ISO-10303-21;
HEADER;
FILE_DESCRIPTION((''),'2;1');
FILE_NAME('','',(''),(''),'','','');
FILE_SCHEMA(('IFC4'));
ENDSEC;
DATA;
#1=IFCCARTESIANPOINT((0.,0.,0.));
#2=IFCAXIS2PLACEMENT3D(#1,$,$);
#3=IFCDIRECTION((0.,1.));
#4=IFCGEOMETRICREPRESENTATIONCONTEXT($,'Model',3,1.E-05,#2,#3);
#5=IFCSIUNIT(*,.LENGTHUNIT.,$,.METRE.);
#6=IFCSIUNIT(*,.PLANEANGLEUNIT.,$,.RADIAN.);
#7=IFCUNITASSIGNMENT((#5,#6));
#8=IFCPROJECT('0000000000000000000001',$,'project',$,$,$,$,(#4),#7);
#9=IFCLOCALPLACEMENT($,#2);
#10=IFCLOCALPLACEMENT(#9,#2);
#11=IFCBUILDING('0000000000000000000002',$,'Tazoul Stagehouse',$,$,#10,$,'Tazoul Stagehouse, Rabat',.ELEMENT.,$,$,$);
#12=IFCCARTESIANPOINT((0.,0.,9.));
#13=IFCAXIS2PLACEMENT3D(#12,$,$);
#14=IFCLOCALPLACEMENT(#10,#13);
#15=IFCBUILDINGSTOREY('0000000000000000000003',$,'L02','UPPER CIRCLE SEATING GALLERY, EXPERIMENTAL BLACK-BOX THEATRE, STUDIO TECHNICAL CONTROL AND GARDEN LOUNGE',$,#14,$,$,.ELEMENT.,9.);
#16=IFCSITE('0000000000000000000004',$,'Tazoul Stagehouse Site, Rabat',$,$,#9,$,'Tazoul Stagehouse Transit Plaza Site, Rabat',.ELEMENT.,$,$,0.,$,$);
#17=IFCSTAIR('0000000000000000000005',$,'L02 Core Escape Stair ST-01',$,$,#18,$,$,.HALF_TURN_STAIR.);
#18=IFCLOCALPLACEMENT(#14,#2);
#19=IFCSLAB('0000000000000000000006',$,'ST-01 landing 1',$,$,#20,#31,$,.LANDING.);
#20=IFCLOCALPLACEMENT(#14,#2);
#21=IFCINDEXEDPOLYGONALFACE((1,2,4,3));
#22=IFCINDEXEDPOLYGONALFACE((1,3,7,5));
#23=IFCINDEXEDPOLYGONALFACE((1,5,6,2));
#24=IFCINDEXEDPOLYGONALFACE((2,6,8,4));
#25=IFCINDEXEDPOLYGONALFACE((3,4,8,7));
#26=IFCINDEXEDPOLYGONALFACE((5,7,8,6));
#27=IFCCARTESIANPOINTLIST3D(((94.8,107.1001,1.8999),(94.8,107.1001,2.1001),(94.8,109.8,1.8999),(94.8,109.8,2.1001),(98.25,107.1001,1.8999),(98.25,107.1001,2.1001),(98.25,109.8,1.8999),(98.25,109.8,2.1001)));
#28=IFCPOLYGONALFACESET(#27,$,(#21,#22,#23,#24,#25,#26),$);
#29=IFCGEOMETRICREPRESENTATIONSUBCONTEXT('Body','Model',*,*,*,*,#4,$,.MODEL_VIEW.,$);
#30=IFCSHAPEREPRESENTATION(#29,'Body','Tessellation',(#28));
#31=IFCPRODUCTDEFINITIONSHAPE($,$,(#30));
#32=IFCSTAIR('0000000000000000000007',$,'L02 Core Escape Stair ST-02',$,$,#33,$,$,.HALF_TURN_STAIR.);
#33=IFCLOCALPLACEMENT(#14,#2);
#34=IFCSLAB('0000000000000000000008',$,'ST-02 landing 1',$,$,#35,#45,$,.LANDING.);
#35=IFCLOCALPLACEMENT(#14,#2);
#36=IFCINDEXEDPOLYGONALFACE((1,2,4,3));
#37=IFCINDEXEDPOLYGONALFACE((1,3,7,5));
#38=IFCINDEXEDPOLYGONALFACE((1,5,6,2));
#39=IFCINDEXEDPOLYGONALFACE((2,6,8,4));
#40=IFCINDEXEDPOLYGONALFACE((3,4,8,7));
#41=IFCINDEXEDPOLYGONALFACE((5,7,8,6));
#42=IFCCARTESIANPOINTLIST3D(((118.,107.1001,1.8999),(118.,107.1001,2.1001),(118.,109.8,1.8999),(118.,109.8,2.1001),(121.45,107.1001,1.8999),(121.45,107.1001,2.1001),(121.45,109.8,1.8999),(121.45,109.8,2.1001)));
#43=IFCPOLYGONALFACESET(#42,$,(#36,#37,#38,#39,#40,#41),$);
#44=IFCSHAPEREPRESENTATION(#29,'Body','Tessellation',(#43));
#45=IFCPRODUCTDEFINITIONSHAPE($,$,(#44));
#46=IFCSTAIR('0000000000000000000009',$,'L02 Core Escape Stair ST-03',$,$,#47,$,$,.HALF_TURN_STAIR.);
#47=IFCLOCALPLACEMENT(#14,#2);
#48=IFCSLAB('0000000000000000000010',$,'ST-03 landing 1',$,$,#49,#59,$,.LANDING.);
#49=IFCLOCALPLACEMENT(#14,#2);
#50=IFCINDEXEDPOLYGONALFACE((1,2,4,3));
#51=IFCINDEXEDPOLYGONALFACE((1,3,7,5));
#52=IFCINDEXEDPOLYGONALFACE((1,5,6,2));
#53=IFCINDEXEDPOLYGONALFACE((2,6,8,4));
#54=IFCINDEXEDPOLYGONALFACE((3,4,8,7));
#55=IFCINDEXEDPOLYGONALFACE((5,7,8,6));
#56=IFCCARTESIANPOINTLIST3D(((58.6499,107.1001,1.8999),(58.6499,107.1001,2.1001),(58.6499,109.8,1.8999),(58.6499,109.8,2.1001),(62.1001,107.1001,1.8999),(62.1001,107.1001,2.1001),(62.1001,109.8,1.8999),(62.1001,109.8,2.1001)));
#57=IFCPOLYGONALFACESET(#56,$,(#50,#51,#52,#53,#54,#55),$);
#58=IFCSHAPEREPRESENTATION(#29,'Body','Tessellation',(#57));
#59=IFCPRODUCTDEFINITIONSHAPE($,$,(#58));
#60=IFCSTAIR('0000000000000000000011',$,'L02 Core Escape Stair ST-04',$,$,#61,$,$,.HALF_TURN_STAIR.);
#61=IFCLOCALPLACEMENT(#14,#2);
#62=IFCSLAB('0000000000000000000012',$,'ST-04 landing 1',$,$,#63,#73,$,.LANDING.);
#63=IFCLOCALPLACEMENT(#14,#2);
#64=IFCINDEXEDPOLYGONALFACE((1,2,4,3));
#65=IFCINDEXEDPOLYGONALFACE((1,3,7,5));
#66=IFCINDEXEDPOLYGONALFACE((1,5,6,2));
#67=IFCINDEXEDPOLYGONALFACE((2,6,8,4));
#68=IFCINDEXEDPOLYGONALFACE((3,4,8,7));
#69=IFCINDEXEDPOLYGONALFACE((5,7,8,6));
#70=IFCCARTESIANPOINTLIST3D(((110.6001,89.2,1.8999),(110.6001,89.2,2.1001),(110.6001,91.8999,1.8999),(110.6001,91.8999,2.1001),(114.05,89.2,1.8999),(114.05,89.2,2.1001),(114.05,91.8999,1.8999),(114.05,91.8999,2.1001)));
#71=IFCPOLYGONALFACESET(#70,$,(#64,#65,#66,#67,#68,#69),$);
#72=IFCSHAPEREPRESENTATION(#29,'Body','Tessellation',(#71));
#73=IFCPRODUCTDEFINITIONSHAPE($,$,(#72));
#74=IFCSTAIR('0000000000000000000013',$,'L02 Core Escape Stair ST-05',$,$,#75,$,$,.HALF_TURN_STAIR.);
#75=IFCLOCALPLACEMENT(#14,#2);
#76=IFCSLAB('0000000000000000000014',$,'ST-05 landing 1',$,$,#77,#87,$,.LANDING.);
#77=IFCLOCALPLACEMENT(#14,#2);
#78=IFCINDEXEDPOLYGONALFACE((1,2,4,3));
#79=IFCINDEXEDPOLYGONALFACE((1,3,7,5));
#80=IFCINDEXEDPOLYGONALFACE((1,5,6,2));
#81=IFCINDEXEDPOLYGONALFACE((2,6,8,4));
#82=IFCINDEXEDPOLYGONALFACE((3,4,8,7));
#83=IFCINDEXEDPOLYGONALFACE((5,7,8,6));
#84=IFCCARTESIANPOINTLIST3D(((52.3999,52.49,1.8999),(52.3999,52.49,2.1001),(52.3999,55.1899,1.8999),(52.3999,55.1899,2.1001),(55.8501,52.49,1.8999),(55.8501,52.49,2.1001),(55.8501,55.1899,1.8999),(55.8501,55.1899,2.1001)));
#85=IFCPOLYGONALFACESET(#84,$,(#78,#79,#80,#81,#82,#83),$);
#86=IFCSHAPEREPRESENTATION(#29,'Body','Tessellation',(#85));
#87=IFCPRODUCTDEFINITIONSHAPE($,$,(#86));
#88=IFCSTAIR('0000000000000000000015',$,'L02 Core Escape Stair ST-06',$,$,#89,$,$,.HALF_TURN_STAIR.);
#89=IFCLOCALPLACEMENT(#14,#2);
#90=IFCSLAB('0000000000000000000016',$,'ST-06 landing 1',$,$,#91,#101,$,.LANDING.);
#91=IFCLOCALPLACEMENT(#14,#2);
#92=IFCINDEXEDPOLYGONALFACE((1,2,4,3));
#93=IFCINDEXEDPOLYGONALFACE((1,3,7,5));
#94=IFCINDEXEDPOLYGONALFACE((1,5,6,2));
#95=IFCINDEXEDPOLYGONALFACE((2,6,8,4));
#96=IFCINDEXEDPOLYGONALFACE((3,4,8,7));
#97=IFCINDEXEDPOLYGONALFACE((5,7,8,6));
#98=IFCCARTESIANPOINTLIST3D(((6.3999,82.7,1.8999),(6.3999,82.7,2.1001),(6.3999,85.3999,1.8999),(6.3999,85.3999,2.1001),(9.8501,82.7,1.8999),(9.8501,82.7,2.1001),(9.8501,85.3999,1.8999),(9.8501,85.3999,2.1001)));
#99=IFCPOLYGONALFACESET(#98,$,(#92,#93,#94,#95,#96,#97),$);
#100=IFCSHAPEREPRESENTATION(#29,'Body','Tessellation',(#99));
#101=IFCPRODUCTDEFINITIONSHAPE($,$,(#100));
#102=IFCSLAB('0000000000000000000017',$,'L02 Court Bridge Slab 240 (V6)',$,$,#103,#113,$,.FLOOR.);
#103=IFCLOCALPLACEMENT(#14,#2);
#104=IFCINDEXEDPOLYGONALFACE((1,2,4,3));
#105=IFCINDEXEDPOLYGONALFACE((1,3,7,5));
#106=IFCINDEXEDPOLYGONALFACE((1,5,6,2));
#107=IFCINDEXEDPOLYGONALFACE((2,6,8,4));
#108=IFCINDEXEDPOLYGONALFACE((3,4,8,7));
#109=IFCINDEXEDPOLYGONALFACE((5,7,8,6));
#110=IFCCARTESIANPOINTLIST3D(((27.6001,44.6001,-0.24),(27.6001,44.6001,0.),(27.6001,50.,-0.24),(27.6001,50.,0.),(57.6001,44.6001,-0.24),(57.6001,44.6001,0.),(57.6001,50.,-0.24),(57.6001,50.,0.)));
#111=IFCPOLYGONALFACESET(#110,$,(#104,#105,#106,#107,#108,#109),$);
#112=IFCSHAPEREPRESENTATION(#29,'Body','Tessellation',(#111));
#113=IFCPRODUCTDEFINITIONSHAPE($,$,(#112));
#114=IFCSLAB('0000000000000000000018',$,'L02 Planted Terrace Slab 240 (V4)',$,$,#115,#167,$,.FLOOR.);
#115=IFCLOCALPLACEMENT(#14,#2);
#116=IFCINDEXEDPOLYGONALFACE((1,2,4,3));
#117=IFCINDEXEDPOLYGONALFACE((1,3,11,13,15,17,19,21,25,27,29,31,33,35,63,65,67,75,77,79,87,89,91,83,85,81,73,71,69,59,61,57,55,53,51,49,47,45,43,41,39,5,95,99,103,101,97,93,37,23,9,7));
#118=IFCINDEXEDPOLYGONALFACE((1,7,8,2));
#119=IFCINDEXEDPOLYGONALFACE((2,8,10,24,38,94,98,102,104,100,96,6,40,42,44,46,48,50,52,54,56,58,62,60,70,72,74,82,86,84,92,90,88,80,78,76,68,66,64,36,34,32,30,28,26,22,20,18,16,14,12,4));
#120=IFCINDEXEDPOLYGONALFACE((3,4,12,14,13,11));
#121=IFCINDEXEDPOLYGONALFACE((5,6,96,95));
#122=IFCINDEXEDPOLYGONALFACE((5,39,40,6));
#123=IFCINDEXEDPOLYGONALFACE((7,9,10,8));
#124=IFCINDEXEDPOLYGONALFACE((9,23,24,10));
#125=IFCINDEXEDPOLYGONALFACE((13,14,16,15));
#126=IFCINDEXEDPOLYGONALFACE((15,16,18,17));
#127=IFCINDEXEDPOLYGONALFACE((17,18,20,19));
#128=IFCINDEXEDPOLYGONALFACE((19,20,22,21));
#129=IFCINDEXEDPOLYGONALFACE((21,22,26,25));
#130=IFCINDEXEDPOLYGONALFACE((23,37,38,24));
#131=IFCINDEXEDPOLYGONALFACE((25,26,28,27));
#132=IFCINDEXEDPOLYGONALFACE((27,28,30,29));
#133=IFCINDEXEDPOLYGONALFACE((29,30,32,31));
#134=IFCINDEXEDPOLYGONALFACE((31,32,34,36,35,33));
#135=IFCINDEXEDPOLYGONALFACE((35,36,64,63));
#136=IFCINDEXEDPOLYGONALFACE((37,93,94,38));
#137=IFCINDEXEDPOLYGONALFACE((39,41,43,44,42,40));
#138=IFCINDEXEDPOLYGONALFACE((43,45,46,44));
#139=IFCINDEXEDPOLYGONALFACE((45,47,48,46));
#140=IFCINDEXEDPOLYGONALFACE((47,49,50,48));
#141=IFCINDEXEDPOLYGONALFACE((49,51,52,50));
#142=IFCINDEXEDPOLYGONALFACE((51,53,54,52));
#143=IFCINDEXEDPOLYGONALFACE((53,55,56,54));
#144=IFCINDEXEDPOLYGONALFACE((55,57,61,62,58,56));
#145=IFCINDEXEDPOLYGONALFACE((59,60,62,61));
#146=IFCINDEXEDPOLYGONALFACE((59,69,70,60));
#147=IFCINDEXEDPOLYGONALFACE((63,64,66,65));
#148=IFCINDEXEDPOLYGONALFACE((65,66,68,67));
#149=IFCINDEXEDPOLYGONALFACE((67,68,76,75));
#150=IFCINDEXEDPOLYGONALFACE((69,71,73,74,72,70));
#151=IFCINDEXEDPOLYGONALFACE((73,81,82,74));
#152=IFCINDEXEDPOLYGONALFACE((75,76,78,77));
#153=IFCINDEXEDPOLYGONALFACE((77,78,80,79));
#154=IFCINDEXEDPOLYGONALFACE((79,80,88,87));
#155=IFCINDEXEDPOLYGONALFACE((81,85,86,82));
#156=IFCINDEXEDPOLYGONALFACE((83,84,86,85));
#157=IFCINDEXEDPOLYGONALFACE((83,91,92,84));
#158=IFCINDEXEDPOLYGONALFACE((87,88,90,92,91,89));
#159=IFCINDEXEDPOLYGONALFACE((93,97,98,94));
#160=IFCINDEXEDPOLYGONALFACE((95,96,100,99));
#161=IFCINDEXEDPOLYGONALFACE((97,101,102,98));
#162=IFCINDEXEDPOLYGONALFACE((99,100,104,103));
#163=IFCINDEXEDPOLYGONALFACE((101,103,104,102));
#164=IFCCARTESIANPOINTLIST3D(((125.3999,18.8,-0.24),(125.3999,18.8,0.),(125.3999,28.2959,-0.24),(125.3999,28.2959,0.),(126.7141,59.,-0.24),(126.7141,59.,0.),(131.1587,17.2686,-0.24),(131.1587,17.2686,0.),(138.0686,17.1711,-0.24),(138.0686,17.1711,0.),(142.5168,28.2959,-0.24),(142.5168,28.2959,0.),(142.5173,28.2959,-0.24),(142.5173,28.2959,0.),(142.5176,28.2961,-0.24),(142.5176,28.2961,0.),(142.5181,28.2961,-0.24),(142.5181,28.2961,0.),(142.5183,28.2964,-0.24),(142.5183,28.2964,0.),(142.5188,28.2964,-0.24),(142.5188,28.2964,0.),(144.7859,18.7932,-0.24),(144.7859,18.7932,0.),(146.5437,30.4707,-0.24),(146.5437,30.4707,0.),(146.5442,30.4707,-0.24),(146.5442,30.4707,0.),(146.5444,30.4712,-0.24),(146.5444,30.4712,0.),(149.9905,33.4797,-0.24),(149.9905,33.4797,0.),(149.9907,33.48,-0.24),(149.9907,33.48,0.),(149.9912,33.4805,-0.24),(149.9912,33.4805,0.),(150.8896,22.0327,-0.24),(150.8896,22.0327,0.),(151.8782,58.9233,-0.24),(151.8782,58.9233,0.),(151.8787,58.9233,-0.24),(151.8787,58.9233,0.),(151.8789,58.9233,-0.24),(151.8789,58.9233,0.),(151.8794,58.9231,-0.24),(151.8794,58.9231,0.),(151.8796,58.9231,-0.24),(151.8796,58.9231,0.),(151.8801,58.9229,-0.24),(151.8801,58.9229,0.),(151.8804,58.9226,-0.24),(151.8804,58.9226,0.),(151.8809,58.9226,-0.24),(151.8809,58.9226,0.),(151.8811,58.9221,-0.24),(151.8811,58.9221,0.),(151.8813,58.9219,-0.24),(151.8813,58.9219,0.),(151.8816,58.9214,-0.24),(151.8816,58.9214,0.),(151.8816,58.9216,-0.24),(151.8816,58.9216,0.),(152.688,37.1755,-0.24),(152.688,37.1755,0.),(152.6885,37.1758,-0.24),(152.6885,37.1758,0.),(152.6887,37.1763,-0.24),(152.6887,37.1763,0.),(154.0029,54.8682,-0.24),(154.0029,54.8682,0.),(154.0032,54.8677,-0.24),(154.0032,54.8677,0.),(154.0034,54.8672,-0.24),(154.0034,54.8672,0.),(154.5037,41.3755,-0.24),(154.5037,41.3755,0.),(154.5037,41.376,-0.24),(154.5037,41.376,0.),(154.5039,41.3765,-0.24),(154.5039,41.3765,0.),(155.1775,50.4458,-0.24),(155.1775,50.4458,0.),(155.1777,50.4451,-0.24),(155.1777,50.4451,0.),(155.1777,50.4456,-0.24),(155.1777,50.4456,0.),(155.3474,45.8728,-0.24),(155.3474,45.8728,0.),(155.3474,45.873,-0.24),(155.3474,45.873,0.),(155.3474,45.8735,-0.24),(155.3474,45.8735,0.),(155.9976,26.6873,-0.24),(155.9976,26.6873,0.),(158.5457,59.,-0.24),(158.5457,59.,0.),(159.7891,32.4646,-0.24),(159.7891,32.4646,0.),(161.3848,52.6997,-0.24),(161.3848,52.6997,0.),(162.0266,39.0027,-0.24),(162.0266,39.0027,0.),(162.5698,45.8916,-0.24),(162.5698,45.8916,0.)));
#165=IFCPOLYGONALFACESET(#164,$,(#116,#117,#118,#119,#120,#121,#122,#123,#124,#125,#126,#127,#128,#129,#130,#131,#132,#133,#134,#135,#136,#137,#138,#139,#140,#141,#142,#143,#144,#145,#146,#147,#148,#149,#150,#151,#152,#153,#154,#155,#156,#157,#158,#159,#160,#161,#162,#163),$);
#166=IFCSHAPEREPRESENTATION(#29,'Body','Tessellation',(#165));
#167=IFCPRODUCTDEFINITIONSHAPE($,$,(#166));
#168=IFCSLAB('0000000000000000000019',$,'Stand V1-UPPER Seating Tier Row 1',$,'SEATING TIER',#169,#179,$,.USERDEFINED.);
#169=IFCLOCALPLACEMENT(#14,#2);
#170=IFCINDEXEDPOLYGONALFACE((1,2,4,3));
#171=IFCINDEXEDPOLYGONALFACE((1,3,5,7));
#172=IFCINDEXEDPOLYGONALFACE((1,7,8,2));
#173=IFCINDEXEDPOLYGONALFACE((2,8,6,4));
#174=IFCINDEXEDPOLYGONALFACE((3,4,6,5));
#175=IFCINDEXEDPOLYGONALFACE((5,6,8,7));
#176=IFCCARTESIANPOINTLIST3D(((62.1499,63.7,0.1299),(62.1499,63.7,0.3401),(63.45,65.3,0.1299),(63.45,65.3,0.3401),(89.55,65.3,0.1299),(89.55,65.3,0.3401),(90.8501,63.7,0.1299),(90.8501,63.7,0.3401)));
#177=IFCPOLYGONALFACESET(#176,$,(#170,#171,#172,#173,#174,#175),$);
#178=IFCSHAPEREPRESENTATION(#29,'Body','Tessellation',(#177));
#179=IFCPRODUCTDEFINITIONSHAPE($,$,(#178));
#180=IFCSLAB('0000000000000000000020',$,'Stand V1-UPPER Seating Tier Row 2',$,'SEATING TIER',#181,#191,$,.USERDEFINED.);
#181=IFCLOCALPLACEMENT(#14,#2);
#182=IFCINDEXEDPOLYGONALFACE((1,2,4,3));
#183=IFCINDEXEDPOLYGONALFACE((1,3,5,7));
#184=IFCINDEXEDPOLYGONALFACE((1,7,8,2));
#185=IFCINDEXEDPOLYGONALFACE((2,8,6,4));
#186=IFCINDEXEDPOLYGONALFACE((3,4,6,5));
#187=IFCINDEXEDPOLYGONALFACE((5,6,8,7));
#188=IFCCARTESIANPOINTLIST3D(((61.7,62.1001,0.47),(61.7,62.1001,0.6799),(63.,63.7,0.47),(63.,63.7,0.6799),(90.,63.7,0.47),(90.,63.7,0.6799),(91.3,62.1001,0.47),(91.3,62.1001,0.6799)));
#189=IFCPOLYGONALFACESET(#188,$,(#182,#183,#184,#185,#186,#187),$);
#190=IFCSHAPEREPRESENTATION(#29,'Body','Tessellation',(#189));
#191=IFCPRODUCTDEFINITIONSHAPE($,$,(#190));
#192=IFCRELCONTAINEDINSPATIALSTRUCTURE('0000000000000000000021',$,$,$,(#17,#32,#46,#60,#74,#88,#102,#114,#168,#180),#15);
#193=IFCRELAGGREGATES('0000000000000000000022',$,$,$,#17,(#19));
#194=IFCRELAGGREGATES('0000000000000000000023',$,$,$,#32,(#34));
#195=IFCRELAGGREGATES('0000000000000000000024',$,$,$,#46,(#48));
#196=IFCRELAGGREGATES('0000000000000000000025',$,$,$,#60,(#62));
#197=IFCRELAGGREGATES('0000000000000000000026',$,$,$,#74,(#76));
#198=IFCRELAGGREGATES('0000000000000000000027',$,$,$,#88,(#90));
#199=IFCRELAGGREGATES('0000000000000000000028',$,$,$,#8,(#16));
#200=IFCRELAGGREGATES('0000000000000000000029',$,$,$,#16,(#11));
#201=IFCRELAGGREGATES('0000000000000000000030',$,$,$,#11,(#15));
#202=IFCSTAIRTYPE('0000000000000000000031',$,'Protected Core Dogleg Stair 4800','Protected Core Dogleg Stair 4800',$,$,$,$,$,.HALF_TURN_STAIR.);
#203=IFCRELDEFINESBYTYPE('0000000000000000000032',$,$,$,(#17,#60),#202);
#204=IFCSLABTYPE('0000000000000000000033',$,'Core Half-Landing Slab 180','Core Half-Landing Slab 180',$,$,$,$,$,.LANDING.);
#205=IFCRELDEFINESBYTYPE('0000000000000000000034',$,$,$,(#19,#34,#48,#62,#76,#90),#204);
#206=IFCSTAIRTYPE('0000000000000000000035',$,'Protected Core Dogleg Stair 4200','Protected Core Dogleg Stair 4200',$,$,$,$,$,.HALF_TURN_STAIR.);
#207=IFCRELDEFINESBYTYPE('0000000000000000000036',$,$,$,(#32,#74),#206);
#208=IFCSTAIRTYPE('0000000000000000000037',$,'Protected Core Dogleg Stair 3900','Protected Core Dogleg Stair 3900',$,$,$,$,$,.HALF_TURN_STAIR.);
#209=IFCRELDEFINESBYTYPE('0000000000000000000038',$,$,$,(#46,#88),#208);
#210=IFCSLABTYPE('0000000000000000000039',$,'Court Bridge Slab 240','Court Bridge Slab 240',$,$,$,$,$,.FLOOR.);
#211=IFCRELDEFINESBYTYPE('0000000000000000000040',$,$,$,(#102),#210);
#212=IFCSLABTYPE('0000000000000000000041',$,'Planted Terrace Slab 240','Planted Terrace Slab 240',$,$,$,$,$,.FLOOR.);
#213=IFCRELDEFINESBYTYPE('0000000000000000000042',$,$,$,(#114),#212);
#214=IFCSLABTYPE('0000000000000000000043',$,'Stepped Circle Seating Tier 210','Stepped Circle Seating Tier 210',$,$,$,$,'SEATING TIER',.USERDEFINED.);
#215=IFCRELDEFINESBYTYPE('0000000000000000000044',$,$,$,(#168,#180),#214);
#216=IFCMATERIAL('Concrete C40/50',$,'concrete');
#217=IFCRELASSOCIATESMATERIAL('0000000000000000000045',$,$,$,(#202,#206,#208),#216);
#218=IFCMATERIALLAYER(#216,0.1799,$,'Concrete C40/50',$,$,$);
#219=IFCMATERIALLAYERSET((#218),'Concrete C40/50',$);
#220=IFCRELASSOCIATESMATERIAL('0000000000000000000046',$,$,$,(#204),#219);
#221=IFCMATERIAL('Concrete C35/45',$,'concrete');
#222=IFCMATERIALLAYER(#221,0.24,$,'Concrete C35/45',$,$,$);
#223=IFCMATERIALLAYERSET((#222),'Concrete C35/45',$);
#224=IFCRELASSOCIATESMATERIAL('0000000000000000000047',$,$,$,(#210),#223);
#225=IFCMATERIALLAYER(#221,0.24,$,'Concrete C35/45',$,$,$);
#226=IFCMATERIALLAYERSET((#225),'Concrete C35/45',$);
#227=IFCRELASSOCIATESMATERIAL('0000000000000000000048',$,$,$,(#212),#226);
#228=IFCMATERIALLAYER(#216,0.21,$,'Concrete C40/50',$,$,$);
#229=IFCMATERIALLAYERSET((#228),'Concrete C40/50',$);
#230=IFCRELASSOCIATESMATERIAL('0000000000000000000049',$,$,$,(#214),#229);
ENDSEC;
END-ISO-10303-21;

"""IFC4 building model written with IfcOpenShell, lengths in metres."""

from ifc_helpers import new_model, si_unit, direction, frame, origin, place, context, subcontext, project, spatial, polyline, outline, extrude, material, layer, layer_set, type_object, element, aggregate, save


model = new_model("IFC4")

# Units and contexts
model_context = context("Model", 3, precision=1e-05, world=origin(), true_north=direction((0.0, 1.0)))
body_context = subcontext(model_context, "Body", "Model", "MODEL_VIEW")
ifc_project = project(units=[si_unit("LENGTHUNIT", "METRE"), si_unit("PLANEANGLEUNIT", "RADIAN")], contexts=[model_context])

# Site, building, storey
site_placement = place(None, origin())
site = spatial("IfcSite", under=ifc_project, at=site_placement, Name="Tazoul Stagehouse Site, Rabat", LongName="Tazoul Stagehouse Transit Plaza Site, Rabat", CompositionType="ELEMENT", RefElevation=0.0)
building_placement = place(site_placement, origin())
building = spatial("IfcBuilding", under=site, at=building_placement, Name="Tazoul Stagehouse", LongName="Tazoul Stagehouse, Rabat", CompositionType="ELEMENT")
storey_placement = place(building_placement, frame((0.0, 0.0, 9.0)))
storey = spatial("IfcBuildingStorey", under=building, at=storey_placement, Name="L02", Description="UPPER CIRCLE SEATING GALLERY, EXPERIMENTAL BLACK-BOX THEATRE, STUDIO TECHNICAL CONTROL AND GARDEN LOUNGE", CompositionType="ELEMENT", Elevation=9.0)

# Stairs, slabs
ifc_material_1 = material(Name="Concrete C40/50", Category="concrete")
stair_type_1 = type_object("IfcStairType", Name="Protected Core Dogleg Stair 4800", Description="Protected Core Dogleg Stair 4800", PredefinedType="HALF_TURN_STAIR", material=ifc_material_1)
stair_1_placement = place(storey_placement, origin())
stair_1 = element("IfcStair", 1, at=stair_1_placement, inside=storey, type_object=stair_type_1, Name="L02 Core Escape Stair ST-01", PredefinedType="HALF_TURN_STAIR")
ifc_layer_1 = layer(ifc_material_1, 0.1799, Name="Concrete C40/50")
ifc_layer_set_1 = layer_set([ifc_layer_1], Name="Concrete C40/50")
slab_type_1 = type_object("IfcSlabType", Name="Core Half-Landing Slab 180", Description="Core Half-Landing Slab 180", PredefinedType="LANDING", material=ifc_layer_set_1)
slab_1_placement = place(storey_placement, frame((0.0, 0.0, 1.8999)))
slab_1 = element("IfcSlab", 2, at=slab_1_placement, type_object=slab_type_1, Name="ST-01 landing 1", PredefinedType="LANDING", context=body_context, shape_type="SweptSolid", body=[
    extrude(outline(polyline([(98.25, 107.1001), (98.25, 109.8), (94.8, 109.8), (94.8, 107.1001), (98.25, 107.1001)])), origin(), (0.0, 0.0, 1.0), 0.2002),
])
aggregate(stair_1, [slab_1])
stair_type_2 = type_object("IfcStairType", Name="Protected Core Dogleg Stair 4200", Description="Protected Core Dogleg Stair 4200", PredefinedType="HALF_TURN_STAIR", material=ifc_material_1)
stair_2_placement = place(storey_placement, origin())
stair_2 = element("IfcStair", 3, at=stair_2_placement, inside=storey, type_object=stair_type_2, Name="L02 Core Escape Stair ST-02", PredefinedType="HALF_TURN_STAIR")
slab_2_placement = place(storey_placement, frame((0.0, 0.0, 1.8999)))
slab_2 = element("IfcSlab", 4, at=slab_2_placement, type_object=slab_type_1, Name="ST-02 landing 1", PredefinedType="LANDING", context=body_context, shape_type="SweptSolid", body=[
    extrude(outline(polyline([(121.45, 107.1001), (121.45, 109.8), (118.0, 109.8), (118.0, 107.1001), (121.45, 107.1001)])), origin(), (0.0, 0.0, 1.0), 0.2002),
])
aggregate(stair_2, [slab_2])
stair_type_3 = type_object("IfcStairType", Name="Protected Core Dogleg Stair 3900", Description="Protected Core Dogleg Stair 3900", PredefinedType="HALF_TURN_STAIR", material=ifc_material_1)
stair_3_placement = place(storey_placement, origin())
stair_3 = element("IfcStair", 5, at=stair_3_placement, inside=storey, type_object=stair_type_3, Name="L02 Core Escape Stair ST-03", PredefinedType="HALF_TURN_STAIR")
slab_3_placement = place(storey_placement, frame((0.0, 0.0, 1.8999)))
slab_3 = element("IfcSlab", 6, at=slab_3_placement, type_object=slab_type_1, Name="ST-03 landing 1", PredefinedType="LANDING", context=body_context, shape_type="SweptSolid", body=[
    extrude(outline(polyline([(62.1001, 107.1001), (62.1001, 109.8), (58.6499, 109.8), (58.6499, 107.1001), (62.1001, 107.1001)])), origin(), (0.0, 0.0, 1.0), 0.2002),
])
aggregate(stair_3, [slab_3])
stair_4_placement = place(storey_placement, origin())
stair_4 = element("IfcStair", 7, at=stair_4_placement, inside=storey, type_object=stair_type_1, Name="L02 Core Escape Stair ST-04", PredefinedType="HALF_TURN_STAIR")
slab_4_placement = place(storey_placement, frame((0.0, 0.0, 1.8999)))
slab_4 = element("IfcSlab", 8, at=slab_4_placement, type_object=slab_type_1, Name="ST-04 landing 1", PredefinedType="LANDING", context=body_context, shape_type="SweptSolid", body=[
    extrude(outline(polyline([(110.6001, 91.8999), (110.6001, 89.2), (114.05, 89.2), (114.05, 91.8999), (110.6001, 91.8999)])), origin(), (0.0, 0.0, 1.0), 0.2002),
])
aggregate(stair_4, [slab_4])
stair_5_placement = place(storey_placement, origin())
stair_5 = element("IfcStair", 9, at=stair_5_placement, inside=storey, type_object=stair_type_2, Name="L02 Core Escape Stair ST-05", PredefinedType="HALF_TURN_STAIR")
slab_5_placement = place(storey_placement, frame((0.0, 0.0, 1.8999)))
slab_5 = element("IfcSlab", 10, at=slab_5_placement, type_object=slab_type_1, Name="ST-05 landing 1", PredefinedType="LANDING", context=body_context, shape_type="SweptSolid", body=[
    extrude(outline(polyline([(52.3999, 55.1899), (52.3999, 52.49), (55.8501, 52.49), (55.8501, 55.1899), (52.3999, 55.1899)])), origin(), (0.0, 0.0, 1.0), 0.2002),
])
aggregate(stair_5, [slab_5])
stair_6_placement = place(storey_placement, origin())
stair_6 = element("IfcStair", 11, at=stair_6_placement, inside=storey, type_object=stair_type_3, Name="L02 Core Escape Stair ST-06", PredefinedType="HALF_TURN_STAIR")
slab_6_placement = place(storey_placement, frame((0.0, 0.0, 1.8999)))
slab_6 = element("IfcSlab", 12, at=slab_6_placement, type_object=slab_type_1, Name="ST-06 landing 1", PredefinedType="LANDING", context=body_context, shape_type="SweptSolid", body=[
    extrude(outline(polyline([(9.8501, 82.7), (9.8501, 85.3999), (6.3999, 85.3999), (6.3999, 82.7), (9.8501, 82.7)])), origin(), (0.0, 0.0, 1.0), 0.2002),
])
aggregate(stair_6, [slab_6])

# Slabs
ifc_material_2 = material(Name="Concrete C35/45", Category="concrete")
ifc_layer_2 = layer(ifc_material_2, 0.24, Name="Concrete C35/45")
ifc_layer_set_2 = layer_set([ifc_layer_2], Name="Concrete C35/45")
slab_type_2 = type_object("IfcSlabType", Name="Court Bridge Slab 240", Description="Court Bridge Slab 240", PredefinedType="FLOOR", material=ifc_layer_set_2)
slab_7_placement = place(storey_placement, frame((0.0, 0.0, -0.24)))
element("IfcSlab", 13, at=slab_7_placement, inside=storey, type_object=slab_type_2, Name="L02 Court Bridge Slab 240 (V6)", PredefinedType="FLOOR", context=body_context, shape_type="SweptSolid", body=[
    extrude(outline(polyline([(27.6001, 44.6001), (27.6001, 50.0), (57.6001, 50.0), (57.6001, 44.6001), (27.6001, 44.6001)])), origin(), (0.0, 0.0, 1.0), 0.24),
])
ifc_layer_3 = layer(ifc_material_2, 0.24, Name="Concrete C35/45")
ifc_layer_set_3 = layer_set([ifc_layer_3], Name="Concrete C35/45")
slab_type_3 = type_object("IfcSlabType", Name="Planted Terrace Slab 240", Description="Planted Terrace Slab 240", PredefinedType="FLOOR", material=ifc_layer_set_3)
slab_8_placement = place(storey_placement, frame((0.0, 0.0, -0.24)))
element("IfcSlab", 14, at=slab_8_placement, inside=storey, type_object=slab_type_3, Name="L02 Planted Terrace Slab 240 (V4)", PredefinedType="FLOOR", context=body_context, shape_type="SweptSolid", body=[
    extrude(outline(polyline([(125.3999, 28.2959), (142.5168, 28.2959), (142.5173, 28.2959), (142.5176, 28.2961), (142.5181, 28.2961), (142.5183, 28.2964), (142.5188, 28.2964), (146.5437, 30.4707), (146.5442, 30.4707), (146.5444, 30.4712), (149.9905, 33.4797), (149.9907, 33.48), (149.9912, 33.4805), (152.688, 37.1755), (152.6885, 37.1758), (152.6887, 37.1763), (154.5037, 41.3755), (154.5037, 41.376), (154.5039, 41.3765), (155.3474, 45.8728), (155.3474, 45.873), (155.3474, 45.8735), (155.1777, 50.4451), (155.1777, 50.4456), (155.1775, 50.4458), (154.0034, 54.8672), (154.0032, 54.8677), (154.0029, 54.8682), (151.8816, 58.9214), (151.8816, 58.9216), (151.8813, 58.9219), (151.8811, 58.9221), (151.8809, 58.9226), (151.8804, 58.9226), (151.8801, 58.9229), (151.8796, 58.9231), (151.8794, 58.9231), (151.8789, 58.9233), (151.8787, 58.9233), (151.8782, 58.9233), (126.7141, 59.0), (158.5457, 59.0), (161.3848, 52.6997), (162.5698, 45.8916), (162.0266, 39.0027), (159.7891, 32.4646), (155.9976, 26.6873), (150.8896, 22.0327), (144.7859, 18.7932), (138.0686, 17.1711), (131.1587, 17.2686), (125.3999, 18.8), (125.3999, 28.2959)])), origin(), (0.0, 0.0, 1.0), 0.24),
])
ifc_layer_4 = layer(ifc_material_1, 0.21, Name="Concrete C40/50")
ifc_layer_set_4 = layer_set([ifc_layer_4], Name="Concrete C40/50")
slab_type_4 = type_object("IfcSlabType", Name="Stepped Circle Seating Tier 210", Description="Stepped Circle Seating Tier 210", ElementType="SEATING TIER", PredefinedType="USERDEFINED", material=ifc_layer_set_4)
slab_9_placement = place(storey_placement, frame((0.0, 0.0, 0.1299)))
element("IfcSlab", 15, at=slab_9_placement, inside=storey, type_object=slab_type_4, Name="Stand V1-UPPER Seating Tier Row 1", ObjectType="SEATING TIER", PredefinedType="USERDEFINED", context=body_context, shape_type="SweptSolid", body=[
    extrude(outline(polyline([(62.1499, 63.7), (90.8501, 63.7), (89.55, 65.3), (63.45, 65.3), (62.1499, 63.7)])), origin(), (0.0, 0.0, 1.0), 0.2102),
])
slab_10_placement = place(storey_placement, frame((0.0, 0.0, 0.47)))
element("IfcSlab", 16, at=slab_10_placement, inside=storey, type_object=slab_type_4, Name="Stand V1-UPPER Seating Tier Row 2", ObjectType="SEATING TIER", PredefinedType="USERDEFINED", context=body_context, shape_type="SweptSolid", body=[
    extrude(outline(polyline([(61.7, 62.1001), (91.3, 62.1001), (90.0, 63.7), (63.0, 63.7), (61.7, 62.1001)])), origin(), (0.0, 0.0, 1.0), 0.21),
])

save(model, "model.ifc")
